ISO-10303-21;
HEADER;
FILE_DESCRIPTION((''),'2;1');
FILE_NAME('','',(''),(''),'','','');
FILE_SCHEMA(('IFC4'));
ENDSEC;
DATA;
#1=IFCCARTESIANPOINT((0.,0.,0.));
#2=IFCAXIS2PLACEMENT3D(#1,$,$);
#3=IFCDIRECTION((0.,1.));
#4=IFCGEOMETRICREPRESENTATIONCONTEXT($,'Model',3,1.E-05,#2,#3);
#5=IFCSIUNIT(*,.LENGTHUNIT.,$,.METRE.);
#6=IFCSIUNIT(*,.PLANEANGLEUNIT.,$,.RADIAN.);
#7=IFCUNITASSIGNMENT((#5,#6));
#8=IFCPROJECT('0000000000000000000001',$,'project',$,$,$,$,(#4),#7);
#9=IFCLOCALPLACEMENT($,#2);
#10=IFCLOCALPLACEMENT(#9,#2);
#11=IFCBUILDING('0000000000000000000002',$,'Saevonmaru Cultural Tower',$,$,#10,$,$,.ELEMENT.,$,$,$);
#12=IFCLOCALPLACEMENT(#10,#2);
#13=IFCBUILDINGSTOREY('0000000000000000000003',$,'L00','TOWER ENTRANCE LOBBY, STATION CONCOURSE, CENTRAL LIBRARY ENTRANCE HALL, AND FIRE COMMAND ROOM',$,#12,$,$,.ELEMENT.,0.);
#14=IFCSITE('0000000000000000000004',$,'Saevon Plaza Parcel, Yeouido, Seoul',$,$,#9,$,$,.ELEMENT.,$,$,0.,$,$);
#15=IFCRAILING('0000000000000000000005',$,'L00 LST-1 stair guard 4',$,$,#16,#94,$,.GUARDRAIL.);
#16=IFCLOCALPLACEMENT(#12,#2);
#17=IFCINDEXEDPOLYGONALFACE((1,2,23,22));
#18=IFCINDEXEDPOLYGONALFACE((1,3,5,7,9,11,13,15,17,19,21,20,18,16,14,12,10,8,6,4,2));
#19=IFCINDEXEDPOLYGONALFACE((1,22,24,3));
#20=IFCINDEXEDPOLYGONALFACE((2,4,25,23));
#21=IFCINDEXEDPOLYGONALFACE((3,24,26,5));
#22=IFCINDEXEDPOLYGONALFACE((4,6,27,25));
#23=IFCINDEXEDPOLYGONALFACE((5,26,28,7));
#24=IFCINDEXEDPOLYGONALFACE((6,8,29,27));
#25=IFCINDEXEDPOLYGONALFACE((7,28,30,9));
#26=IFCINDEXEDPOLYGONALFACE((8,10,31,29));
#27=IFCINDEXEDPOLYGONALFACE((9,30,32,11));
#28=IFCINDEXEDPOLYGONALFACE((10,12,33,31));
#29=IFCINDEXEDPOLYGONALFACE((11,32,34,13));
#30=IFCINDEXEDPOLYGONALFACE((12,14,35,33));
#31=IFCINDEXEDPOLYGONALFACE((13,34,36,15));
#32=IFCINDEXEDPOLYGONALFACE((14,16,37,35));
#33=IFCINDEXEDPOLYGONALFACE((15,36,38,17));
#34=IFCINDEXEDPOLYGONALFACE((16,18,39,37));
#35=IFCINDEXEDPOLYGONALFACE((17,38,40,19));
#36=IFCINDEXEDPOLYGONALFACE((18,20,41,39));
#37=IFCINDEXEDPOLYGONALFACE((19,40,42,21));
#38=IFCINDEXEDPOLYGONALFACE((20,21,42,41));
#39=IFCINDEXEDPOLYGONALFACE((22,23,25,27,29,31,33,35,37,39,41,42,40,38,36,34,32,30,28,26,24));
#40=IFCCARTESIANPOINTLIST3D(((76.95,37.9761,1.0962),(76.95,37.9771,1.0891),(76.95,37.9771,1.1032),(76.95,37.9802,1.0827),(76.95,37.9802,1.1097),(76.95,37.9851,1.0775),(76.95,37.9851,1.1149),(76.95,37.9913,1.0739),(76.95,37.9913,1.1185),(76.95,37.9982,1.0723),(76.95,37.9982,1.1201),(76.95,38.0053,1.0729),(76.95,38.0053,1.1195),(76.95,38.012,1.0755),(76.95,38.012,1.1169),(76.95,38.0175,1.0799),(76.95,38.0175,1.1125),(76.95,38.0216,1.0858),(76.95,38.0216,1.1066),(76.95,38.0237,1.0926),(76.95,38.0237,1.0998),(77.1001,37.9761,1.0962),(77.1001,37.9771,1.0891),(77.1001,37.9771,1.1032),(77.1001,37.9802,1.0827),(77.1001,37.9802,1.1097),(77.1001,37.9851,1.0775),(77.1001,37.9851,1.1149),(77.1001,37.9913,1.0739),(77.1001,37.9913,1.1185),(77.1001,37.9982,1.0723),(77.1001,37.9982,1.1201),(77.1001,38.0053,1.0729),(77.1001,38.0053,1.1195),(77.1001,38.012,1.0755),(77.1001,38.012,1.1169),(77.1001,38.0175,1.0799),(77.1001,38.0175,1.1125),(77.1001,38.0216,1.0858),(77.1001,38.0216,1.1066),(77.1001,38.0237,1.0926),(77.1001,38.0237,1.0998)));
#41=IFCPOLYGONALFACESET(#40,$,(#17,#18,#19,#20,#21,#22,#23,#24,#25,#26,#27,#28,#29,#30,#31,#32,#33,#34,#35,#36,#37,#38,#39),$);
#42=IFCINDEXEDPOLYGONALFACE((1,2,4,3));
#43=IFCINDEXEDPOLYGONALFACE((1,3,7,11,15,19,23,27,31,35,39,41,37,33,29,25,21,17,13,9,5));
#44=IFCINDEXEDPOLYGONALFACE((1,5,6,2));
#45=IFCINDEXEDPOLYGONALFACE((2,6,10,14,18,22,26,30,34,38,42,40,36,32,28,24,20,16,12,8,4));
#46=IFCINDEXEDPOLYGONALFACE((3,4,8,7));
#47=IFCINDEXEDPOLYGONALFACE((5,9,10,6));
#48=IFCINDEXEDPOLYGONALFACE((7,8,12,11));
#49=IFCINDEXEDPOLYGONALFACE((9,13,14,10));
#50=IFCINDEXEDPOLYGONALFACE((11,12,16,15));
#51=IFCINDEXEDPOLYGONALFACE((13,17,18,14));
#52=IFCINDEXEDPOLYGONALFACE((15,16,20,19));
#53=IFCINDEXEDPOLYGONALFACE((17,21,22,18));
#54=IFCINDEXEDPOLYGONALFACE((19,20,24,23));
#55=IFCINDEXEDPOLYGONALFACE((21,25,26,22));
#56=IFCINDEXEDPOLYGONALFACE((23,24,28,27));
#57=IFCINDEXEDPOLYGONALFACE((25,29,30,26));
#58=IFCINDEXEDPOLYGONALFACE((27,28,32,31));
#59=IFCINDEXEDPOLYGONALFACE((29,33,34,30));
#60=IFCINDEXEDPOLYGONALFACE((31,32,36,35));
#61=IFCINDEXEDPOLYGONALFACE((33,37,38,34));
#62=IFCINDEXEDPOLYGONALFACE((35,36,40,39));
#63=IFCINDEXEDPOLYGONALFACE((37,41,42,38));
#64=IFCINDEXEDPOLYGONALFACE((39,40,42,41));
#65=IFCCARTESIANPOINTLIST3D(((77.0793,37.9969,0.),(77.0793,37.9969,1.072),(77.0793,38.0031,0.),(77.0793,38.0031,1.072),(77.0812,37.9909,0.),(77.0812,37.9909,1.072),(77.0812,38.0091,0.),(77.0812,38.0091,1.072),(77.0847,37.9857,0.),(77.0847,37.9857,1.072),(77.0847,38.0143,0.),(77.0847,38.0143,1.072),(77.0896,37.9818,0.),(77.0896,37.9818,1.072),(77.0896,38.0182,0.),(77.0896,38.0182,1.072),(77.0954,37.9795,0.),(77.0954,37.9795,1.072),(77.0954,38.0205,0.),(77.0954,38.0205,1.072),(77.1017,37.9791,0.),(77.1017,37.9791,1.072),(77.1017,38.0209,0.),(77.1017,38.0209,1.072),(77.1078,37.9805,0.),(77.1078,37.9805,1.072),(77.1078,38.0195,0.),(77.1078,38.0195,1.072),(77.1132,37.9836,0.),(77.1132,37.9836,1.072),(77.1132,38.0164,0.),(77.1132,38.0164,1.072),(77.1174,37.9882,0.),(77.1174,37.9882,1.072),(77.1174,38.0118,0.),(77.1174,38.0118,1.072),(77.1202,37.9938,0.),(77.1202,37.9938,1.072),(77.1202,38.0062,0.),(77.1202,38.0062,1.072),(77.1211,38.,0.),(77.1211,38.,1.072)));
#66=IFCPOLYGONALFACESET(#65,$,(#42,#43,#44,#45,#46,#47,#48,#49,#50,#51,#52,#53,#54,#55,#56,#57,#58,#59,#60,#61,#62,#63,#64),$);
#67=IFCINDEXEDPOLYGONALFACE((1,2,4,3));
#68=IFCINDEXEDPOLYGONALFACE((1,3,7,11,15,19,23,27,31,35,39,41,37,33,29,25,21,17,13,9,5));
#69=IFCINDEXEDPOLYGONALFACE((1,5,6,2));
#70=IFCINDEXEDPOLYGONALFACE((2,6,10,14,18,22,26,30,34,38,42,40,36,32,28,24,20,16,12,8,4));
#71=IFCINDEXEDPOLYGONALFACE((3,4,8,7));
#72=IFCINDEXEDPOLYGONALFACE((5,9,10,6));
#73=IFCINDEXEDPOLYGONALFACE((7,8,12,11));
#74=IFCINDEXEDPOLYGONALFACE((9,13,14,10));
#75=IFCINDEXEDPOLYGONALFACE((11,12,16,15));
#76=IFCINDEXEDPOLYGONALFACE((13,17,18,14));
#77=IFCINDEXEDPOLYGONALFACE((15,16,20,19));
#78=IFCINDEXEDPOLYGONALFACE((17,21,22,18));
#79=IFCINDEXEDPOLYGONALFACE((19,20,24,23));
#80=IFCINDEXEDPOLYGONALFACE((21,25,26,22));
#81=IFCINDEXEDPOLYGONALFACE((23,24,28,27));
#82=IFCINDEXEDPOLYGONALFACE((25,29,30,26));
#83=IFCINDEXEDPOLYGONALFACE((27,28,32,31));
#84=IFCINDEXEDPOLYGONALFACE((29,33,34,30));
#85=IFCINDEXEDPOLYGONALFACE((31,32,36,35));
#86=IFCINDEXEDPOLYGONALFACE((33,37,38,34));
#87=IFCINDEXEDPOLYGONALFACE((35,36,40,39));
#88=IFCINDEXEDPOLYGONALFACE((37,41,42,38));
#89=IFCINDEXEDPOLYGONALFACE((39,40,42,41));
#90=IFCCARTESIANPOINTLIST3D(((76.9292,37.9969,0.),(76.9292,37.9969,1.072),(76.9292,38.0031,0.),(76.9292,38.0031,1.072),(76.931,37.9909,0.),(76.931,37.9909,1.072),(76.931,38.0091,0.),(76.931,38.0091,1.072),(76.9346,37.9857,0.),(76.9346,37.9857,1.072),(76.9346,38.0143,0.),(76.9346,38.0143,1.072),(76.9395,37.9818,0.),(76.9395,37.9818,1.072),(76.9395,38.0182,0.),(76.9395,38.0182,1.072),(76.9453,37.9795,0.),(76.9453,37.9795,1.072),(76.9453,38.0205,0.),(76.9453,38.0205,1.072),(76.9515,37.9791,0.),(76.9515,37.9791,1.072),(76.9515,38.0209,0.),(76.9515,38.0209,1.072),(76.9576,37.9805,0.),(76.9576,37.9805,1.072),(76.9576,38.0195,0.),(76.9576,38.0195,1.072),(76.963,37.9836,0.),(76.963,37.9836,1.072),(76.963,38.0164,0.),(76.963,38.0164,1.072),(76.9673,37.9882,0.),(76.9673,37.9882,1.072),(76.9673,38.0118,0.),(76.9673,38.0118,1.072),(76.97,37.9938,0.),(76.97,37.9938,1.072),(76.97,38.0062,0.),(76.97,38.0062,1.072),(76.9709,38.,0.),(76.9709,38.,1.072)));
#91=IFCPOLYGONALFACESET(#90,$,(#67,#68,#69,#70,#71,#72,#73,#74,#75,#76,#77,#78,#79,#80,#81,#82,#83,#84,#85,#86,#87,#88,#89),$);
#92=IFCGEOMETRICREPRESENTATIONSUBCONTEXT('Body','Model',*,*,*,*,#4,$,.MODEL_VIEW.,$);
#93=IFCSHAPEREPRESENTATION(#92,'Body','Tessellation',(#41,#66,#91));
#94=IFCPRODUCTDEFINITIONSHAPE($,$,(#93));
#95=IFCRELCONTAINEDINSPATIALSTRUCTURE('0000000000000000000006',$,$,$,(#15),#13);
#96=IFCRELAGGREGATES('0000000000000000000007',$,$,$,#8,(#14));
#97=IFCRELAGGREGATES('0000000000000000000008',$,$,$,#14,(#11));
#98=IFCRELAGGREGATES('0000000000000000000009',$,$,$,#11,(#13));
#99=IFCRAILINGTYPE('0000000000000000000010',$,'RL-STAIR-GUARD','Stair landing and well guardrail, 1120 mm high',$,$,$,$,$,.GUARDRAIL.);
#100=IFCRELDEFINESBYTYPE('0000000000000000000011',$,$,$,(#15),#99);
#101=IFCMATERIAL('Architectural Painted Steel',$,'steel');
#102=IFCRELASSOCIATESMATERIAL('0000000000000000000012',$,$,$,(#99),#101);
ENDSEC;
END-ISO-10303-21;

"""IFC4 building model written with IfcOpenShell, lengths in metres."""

from ifc_helpers import new_model, si_unit, direction, frame, origin, origin_2d, place, context, subcontext, project, spatial, circle, extrude, material, type_object, element, save


model = new_model("IFC4")

# Units and contexts
model_context = context("Model", 3, precision=1e-05, world=origin(), true_north=direction((0.0, 1.0)))
body_context = subcontext(model_context, "Body", "Model", "MODEL_VIEW")
ifc_project = project(units=[si_unit("LENGTHUNIT", "METRE"), si_unit("PLANEANGLEUNIT", "RADIAN")], contexts=[model_context])

# Site, building, storey
site_placement = place(None, origin())
site = spatial("IfcSite", under=ifc_project, at=site_placement, Name="Saevon Plaza Parcel, Yeouido, Seoul", CompositionType="ELEMENT", RefElevation=0.0)
building_placement = place(site_placement, origin())
building = spatial("IfcBuilding", under=site, at=building_placement, Name="Saevonmaru Cultural Tower", CompositionType="ELEMENT")
storey_placement = place(building_placement, origin())
storey = spatial("IfcBuildingStorey", under=building, at=storey_placement, Name="L00", Description="TOWER ENTRANCE LOBBY, STATION CONCOURSE, CENTRAL LIBRARY ENTRANCE HALL, AND FIRE COMMAND ROOM", CompositionType="ELEMENT", Elevation=0.0)

# Railing
ifc_material_1 = material(Name="Architectural Painted Steel", Category="steel")
railing_type_1 = type_object("IfcRailingType", Name="RL-STAIR-GUARD", Description="Stair landing and well guardrail, 1120 mm high", PredefinedType="GUARDRAIL", material=ifc_material_1)
railing_1_placement = place(storey_placement, frame((77.1001, 38.0, 0.0)))
element("IfcRailing", 1, at=railing_1_placement, inside=storey, type_object=railing_type_1, Name="L00 LST-1 stair guard 4", PredefinedType="GUARDRAIL", context=body_context, shape_type="SweptSolid", body=[
    extrude(circle(Radius=0.0239, at=origin_2d()), frame((0.0, 0.0, 1.0962), z_axis=(-1.0, 0.0, 0.0), x_axis=(0.0, -1.0, 0.0)), (0.0, 0.0, 1.0), 0.1501),
    extrude(circle(Radius=0.021, at=origin_2d()), origin(), (0.0, 0.0, 1.0), 1.072),
    extrude(circle(Radius=0.021, at=origin_2d()), frame((-0.1501, 0.0, 0.0)), (0.0, 0.0, 1.0), 1.072),
])

save(model, "model.ifc")
